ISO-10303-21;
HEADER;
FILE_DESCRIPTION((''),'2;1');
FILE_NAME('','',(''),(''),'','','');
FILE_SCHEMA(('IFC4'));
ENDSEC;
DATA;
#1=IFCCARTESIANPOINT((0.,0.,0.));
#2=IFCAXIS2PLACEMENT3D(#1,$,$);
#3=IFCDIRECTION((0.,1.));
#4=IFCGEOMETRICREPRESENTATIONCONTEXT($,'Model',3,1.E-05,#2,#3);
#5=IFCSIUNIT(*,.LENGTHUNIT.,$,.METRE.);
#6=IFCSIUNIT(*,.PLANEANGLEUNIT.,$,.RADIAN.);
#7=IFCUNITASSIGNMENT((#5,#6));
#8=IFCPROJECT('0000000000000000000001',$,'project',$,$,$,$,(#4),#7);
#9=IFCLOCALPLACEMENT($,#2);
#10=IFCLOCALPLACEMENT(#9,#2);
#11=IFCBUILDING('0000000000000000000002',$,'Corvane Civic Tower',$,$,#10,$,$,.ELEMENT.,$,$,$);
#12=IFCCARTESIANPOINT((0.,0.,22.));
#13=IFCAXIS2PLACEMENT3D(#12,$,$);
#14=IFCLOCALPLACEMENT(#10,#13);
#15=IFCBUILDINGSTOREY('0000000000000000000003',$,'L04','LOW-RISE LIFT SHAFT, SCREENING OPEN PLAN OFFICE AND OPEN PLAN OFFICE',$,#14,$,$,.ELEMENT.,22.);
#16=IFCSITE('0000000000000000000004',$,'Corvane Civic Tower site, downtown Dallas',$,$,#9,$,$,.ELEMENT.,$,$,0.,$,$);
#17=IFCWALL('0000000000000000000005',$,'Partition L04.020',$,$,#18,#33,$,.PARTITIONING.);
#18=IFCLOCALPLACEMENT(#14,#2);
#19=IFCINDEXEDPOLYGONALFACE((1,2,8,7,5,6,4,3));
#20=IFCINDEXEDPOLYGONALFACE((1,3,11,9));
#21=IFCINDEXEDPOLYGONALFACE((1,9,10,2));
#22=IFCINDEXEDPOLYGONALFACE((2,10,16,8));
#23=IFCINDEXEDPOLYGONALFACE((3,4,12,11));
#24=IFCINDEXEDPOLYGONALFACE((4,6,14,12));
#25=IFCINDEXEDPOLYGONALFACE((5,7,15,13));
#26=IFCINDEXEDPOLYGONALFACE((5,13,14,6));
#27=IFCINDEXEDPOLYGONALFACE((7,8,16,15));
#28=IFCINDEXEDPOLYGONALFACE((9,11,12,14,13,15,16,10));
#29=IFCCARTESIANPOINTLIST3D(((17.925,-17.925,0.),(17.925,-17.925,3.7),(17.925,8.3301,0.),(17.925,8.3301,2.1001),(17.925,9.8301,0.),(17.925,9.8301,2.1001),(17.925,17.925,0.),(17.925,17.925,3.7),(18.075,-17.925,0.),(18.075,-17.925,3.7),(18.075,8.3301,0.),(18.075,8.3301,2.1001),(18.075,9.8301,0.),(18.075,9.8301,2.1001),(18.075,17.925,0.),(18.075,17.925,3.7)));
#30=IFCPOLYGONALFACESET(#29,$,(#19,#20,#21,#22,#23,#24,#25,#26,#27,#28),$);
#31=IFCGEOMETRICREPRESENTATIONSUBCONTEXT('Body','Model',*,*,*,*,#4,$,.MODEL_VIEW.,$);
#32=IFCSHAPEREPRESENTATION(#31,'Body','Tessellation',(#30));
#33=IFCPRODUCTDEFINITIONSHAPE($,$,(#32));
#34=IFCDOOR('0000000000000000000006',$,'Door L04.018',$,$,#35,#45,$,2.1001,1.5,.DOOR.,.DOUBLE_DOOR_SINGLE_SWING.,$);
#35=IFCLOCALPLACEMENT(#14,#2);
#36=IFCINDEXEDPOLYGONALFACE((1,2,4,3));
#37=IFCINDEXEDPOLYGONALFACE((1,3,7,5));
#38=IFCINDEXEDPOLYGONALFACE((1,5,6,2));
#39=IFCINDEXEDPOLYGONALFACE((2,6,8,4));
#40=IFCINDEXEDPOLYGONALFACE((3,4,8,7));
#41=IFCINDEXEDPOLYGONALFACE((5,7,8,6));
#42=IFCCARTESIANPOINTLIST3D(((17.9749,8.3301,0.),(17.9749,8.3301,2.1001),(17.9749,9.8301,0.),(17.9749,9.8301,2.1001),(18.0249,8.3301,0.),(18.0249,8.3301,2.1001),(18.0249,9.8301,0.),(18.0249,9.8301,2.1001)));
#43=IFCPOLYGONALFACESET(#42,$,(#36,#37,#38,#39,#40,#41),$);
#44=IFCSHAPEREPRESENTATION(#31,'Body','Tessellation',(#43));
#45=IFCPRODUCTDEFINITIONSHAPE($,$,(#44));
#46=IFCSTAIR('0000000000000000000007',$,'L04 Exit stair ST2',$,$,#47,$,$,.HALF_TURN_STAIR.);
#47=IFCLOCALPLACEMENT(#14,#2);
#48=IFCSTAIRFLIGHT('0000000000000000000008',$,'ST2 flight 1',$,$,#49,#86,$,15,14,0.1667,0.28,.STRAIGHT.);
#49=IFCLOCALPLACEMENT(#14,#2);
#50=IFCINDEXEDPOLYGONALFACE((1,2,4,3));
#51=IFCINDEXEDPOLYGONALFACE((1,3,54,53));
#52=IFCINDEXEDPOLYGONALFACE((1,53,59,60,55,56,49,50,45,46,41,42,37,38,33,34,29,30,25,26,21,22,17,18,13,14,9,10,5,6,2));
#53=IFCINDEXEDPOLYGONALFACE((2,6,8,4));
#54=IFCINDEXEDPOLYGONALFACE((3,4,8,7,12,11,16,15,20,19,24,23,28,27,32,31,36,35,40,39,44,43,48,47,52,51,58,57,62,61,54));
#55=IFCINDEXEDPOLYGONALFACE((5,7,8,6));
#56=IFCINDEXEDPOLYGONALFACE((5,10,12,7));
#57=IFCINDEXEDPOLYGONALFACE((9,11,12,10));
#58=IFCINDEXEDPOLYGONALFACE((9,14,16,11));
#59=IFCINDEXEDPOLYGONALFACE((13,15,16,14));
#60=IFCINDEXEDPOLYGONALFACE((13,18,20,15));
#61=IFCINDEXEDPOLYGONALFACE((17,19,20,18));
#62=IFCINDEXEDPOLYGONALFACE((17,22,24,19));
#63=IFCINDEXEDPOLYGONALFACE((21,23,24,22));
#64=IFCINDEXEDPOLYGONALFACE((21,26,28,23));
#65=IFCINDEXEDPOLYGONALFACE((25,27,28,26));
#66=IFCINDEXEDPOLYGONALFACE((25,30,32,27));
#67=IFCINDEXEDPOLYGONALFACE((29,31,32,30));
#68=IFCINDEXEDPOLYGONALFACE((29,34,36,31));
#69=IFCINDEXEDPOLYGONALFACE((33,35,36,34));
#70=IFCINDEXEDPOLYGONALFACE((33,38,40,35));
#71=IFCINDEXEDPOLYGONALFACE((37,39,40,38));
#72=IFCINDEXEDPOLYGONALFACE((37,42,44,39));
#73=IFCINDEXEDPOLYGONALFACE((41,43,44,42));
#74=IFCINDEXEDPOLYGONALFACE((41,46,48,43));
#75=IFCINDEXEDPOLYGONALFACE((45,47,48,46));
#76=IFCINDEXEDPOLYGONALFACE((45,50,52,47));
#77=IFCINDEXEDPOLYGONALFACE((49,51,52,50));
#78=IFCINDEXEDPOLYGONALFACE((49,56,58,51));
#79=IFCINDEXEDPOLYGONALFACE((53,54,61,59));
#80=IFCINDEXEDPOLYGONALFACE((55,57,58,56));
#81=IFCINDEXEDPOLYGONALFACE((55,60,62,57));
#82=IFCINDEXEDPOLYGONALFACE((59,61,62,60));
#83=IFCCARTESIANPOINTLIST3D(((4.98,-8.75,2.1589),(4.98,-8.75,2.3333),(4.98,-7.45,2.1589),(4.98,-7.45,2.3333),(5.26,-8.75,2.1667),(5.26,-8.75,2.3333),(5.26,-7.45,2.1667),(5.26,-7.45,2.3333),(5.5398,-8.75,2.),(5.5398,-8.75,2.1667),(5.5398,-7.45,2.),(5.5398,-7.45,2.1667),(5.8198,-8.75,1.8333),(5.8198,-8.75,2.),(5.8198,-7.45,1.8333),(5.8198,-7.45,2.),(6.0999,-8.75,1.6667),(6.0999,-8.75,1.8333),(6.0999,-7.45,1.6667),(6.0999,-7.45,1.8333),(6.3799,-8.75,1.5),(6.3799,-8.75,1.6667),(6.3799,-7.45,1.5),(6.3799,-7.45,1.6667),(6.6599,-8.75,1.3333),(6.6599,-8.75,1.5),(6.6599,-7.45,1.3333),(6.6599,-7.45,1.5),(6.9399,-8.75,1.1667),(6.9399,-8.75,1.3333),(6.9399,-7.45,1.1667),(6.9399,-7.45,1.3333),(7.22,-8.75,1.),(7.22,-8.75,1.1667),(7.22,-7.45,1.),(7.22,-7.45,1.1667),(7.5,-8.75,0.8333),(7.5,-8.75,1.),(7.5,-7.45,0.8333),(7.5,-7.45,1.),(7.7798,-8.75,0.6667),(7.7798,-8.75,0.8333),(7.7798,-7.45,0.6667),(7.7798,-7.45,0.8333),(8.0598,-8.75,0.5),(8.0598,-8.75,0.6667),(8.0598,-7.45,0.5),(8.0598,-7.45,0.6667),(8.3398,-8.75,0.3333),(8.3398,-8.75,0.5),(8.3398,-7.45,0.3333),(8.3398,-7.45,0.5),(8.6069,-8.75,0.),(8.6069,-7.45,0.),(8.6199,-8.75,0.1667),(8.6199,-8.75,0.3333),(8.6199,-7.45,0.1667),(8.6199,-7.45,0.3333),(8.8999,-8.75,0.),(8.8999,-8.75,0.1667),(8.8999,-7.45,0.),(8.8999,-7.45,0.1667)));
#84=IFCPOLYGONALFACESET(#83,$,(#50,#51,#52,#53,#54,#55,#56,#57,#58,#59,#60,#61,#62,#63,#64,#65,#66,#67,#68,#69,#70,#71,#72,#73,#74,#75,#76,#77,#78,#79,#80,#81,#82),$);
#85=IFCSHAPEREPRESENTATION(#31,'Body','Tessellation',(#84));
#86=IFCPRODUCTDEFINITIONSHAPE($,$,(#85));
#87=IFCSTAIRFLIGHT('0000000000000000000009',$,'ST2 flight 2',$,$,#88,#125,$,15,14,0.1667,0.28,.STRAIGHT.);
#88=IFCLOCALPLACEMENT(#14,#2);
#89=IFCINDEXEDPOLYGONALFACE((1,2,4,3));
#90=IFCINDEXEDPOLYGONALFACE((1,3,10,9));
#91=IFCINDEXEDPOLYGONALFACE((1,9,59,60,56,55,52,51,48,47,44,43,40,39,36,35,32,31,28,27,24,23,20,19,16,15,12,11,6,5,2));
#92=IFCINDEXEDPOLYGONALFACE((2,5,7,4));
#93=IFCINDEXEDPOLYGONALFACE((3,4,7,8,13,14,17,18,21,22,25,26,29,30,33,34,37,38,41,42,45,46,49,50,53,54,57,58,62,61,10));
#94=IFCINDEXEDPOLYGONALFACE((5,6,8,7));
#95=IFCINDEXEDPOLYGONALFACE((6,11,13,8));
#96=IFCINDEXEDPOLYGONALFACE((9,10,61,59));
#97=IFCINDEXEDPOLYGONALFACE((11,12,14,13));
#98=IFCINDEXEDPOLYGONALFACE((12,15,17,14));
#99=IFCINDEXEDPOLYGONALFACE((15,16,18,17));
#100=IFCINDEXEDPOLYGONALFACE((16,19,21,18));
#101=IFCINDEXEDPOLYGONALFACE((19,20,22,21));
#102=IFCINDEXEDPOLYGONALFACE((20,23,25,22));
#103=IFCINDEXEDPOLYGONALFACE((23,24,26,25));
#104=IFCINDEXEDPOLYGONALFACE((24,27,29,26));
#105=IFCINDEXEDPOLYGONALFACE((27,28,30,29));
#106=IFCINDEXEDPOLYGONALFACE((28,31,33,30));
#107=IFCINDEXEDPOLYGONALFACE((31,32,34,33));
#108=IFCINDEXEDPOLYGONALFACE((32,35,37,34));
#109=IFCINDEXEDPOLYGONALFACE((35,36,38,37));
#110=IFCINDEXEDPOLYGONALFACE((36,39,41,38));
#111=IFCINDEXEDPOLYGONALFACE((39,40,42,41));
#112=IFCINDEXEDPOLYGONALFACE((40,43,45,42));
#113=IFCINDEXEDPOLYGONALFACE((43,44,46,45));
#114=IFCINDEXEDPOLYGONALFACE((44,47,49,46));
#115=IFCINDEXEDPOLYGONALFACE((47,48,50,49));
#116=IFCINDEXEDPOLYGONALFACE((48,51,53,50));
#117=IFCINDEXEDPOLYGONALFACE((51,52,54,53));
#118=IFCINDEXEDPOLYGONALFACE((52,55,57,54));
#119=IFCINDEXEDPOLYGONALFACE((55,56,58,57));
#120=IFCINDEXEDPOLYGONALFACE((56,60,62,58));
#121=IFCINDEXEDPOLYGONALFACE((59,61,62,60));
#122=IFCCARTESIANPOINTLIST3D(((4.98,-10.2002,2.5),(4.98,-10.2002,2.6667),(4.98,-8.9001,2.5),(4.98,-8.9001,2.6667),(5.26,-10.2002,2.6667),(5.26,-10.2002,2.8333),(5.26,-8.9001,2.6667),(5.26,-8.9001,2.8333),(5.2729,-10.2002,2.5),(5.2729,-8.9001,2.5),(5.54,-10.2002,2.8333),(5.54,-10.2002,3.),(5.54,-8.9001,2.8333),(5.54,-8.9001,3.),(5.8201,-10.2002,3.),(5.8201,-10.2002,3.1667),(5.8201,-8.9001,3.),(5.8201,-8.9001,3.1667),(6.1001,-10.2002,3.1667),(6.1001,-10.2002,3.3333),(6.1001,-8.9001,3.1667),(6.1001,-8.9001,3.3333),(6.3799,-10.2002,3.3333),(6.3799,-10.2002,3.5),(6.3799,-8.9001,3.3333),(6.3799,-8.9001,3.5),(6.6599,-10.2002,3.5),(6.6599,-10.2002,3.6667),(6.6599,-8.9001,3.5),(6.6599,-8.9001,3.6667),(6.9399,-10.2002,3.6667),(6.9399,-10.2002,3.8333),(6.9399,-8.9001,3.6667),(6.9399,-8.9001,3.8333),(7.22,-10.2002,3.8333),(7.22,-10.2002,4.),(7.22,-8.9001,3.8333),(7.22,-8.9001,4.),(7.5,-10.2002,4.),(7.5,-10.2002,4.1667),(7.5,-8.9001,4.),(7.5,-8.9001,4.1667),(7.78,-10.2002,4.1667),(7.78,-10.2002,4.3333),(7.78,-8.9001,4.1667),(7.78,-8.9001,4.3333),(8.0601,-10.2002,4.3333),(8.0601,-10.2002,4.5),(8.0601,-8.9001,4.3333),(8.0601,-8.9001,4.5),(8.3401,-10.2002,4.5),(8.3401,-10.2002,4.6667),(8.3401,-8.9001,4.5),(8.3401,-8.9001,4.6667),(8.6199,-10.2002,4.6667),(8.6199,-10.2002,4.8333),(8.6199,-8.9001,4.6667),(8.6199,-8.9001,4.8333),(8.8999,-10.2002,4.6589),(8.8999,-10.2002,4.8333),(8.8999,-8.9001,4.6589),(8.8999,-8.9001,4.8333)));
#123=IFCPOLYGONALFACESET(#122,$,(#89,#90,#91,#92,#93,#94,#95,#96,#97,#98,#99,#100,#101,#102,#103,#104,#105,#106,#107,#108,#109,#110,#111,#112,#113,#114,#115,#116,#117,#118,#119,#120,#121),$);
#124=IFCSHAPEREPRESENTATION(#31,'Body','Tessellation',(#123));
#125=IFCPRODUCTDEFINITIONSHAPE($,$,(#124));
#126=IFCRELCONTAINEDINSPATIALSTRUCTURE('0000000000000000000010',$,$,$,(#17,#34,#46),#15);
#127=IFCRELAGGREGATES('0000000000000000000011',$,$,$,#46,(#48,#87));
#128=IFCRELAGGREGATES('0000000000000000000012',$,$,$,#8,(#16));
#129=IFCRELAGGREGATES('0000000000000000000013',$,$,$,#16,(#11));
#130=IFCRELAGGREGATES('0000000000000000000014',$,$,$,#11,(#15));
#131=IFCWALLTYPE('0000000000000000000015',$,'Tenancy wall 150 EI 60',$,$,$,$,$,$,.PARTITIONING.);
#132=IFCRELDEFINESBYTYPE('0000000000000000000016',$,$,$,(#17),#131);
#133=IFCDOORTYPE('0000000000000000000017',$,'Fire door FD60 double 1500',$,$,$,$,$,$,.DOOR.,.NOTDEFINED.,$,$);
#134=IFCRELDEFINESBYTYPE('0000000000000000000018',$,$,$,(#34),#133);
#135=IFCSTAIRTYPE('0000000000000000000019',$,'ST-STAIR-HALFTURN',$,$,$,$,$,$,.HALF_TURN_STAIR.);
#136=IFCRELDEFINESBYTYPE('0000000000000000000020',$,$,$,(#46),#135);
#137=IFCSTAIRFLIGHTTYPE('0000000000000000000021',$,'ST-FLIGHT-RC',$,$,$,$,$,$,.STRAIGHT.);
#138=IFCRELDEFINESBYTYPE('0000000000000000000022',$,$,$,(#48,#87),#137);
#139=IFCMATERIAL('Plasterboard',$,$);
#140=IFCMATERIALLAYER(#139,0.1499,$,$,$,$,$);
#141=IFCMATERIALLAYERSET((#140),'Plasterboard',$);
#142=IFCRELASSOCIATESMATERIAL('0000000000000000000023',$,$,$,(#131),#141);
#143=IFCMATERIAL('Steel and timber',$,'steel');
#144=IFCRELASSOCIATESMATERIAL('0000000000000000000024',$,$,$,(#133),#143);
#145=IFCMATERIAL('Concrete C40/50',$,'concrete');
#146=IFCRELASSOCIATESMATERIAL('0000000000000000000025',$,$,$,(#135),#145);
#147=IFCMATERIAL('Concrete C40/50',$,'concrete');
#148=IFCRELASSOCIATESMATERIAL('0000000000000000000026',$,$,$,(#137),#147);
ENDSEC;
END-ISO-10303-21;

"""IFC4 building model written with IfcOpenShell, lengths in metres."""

from ifc_helpers import new_model, si_unit, direction, frame, frame_2d, origin, place, context, subcontext, project, spatial, polyline, rectangle, outline, extrude, material, layer, layer_set, type_object, element, fill, aggregate, save


model = new_model("IFC4")

# Units and contexts
model_context = context("Model", 3, precision=1e-05, world=origin(), true_north=direction((0.0, 1.0)))
body_context = subcontext(model_context, "Body", "Model", "MODEL_VIEW")
ifc_project = project(units=[si_unit("LENGTHUNIT", "METRE"), si_unit("PLANEANGLEUNIT", "RADIAN")], contexts=[model_context])

# Site, building, storey
site_placement = place(None, origin())
site = spatial("IfcSite", under=ifc_project, at=site_placement, Name="Corvane Civic Tower site, downtown Dallas", CompositionType="ELEMENT", RefElevation=0.0)
building_placement = place(site_placement, origin())
building = spatial("IfcBuilding", under=site, at=building_placement, Name="Corvane Civic Tower", CompositionType="ELEMENT")
storey_placement = place(building_placement, frame((0.0, 0.0, 22.0)))
storey = spatial("IfcBuildingStorey", under=building, at=storey_placement, Name="L04", Description="LOW-RISE LIFT SHAFT, SCREENING OPEN PLAN OFFICE AND OPEN PLAN OFFICE", CompositionType="ELEMENT", Elevation=22.0)

# Wall, opening, door
ifc_material_1 = material(Name="Plasterboard")
ifc_layer_1 = layer(ifc_material_1, 0.1499)
ifc_layer_set_1 = layer_set([ifc_layer_1], Name="Plasterboard")
wall_type_1 = type_object("IfcWallType", Name="Tenancy wall 150 EI 60", PredefinedType="PARTITIONING", material=ifc_layer_set_1)
wall_1_placement = place(storey_placement, frame((18.0, -17.925, 0.0), z_axis=(0.0, 0.0, 1.0), x_axis=(0.0, 1.0, 0.0)))
wall_1 = element("IfcWall", 1, at=wall_1_placement, inside=storey, type_object=wall_type_1, Name="Partition L04.020", PredefinedType="PARTITIONING", context=body_context, shape_type="SweptSolid", body=[
    extrude(rectangle(XDim=35.8501, YDim=0.1499, at=frame_2d((17.925, 0.0))), origin(), (0.0, 0.0, 1.0), 3.7),
])
opening_1_placement = place(wall_1_placement, frame((26.2551, 0.0, 0.0)))
opening_1 = element("IfcOpeningElement", 2, at=opening_1_placement, cuts=wall_1, PredefinedType="OPENING", context=body_context, shape_type="SweptSolid", body=[
    extrude(rectangle(XDim=1.5, YDim=2.1001, at=frame_2d((0.75, 1.05))), frame((0.0, 0.085, 0.0), z_axis=(0.0, -1.0, 0.0), x_axis=(1.0, 0.0, 0.0)), (0.0, 0.0, 1.0), 0.1699),
])
ifc_material_2 = material(Name="Steel and timber", Category="steel")
door_type_1 = type_object("IfcDoorType", Name="Fire door FD60 double 1500", OperationType="NOTDEFINED", PredefinedType="DOOR", material=ifc_material_2)
door_1_placement = place(opening_1_placement, frame((1.5, 0.0, 0.0), z_axis=(0.0, 0.0, 1.0), x_axis=(-1.0, 0.0, 0.0)))
door_1 = element("IfcDoor", 3, at=door_1_placement, inside=storey, type_object=door_type_1, Name="Door L04.018", OperationType="DOUBLE_DOOR_SINGLE_SWING", OverallHeight=2.1001, OverallWidth=1.5, PredefinedType="DOOR", context=body_context, shape_type="SweptSolid", body=[
    extrude(rectangle(XDim=1.5, YDim=2.1001, at=frame_2d((0.75, 1.05))), frame((0.0, 0.0249, 0.0), z_axis=(0.0, -1.0, 0.0), x_axis=(1.0, 0.0, 0.0)), (0.0, 0.0, 1.0), 0.05),
])
fill(opening_1, door_1)

# Stair, stair flights
ifc_material_3 = material(Name="Concrete C40/50", Category="concrete")
stair_type = type_object("IfcStairType", Name="ST-STAIR-HALFTURN", PredefinedType="HALF_TURN_STAIR", material=ifc_material_3)
stair_placement = place(storey_placement, origin())
stair = element("IfcStair", 4, at=stair_placement, inside=storey, type_object=stair_type, Name="L04 Exit stair ST2", PredefinedType="HALF_TURN_STAIR")
ifc_material_4 = material(Name="Concrete C40/50", Category="concrete")
stair_flight_type = type_object("IfcStairFlightType", Name="ST-FLIGHT-RC", PredefinedType="STRAIGHT", material=ifc_material_4)
stair_flight_1_placement = place(storey_placement, frame((8.8999, -8.1001, 0.0), z_axis=(0.0, 0.0, 1.0), x_axis=(-1.0, 0.0, 0.0)))
stair_flight_1 = element("IfcStairFlight", 5, at=stair_flight_1_placement, type_object=stair_flight_type, Name="ST2 flight 1", NumberOfRisers=15, NumberOfTreads=14, PredefinedType="STRAIGHT", RiserHeight=0.1667, TreadLength=0.28, context=body_context, shape_type="SweptSolid", body=[
    extrude(outline(polyline([(0.0, 0.0), (0.0, 0.1667), (0.28, 0.1667), (0.28, 0.3333), (0.5601, 0.3333), (0.5601, 0.5), (0.8401, 0.5), (0.8401, 0.6667), (1.1201, 0.6667), (1.1201, 0.8333), (1.3999, 0.8333), (1.3999, 1.0), (1.6799, 1.0), (1.6799, 1.1667), (1.96, 1.1667), (1.96, 1.3333), (2.24, 1.3333), (2.24, 1.5), (2.52, 1.5), (2.52, 1.6667), (2.8, 1.6667), (2.8, 1.8333), (3.0801, 1.8333), (3.0801, 2.0), (3.3601, 2.0), (3.3601, 2.1667), (3.6399, 2.1667), (3.6399, 2.3333), (3.9199, 2.3333), (3.9199, 2.5), (3.9199, 2.1589), (0.293, 0.0), (0.0, 0.0)])), frame((0.0, 0.6499, 0.0), z_axis=(0.0, -1.0, 0.0), x_axis=(1.0, 0.0, 0.0)), (0.0, 0.0, 1.0), 1.3),
])
stair_flight_2_placement = place(storey_placement, frame((4.98, -9.55, 2.5), z_axis=(0.0, 0.0, 1.0), x_axis=(1.0, 0.0, 0.0)))
stair_flight_2 = element("IfcStairFlight", 6, at=stair_flight_2_placement, type_object=stair_flight_type, Name="ST2 flight 2", NumberOfRisers=15, NumberOfTreads=14, PredefinedType="STRAIGHT", RiserHeight=0.1667, TreadLength=0.28, context=body_context, shape_type="SweptSolid", body=[
    extrude(outline(polyline([(0.0, 0.0), (0.0, 0.1667), (0.28, 0.1667), (0.28, 0.3333), (0.5601, 0.3333), (0.5601, 0.5), (0.8401, 0.5), (0.8401, 0.6667), (1.1201, 0.6667), (1.1201, 0.8333), (1.3999, 0.8333), (1.3999, 1.0), (1.6799, 1.0), (1.6799, 1.1667), (1.96, 1.1667), (1.96, 1.3333), (2.24, 1.3333), (2.24, 1.5), (2.52, 1.5), (2.52, 1.6667), (2.8, 1.6667), (2.8, 1.8333), (3.0801, 1.8333), (3.0801, 2.0), (3.3601, 2.0), (3.3601, 2.1667), (3.6399, 2.1667), (3.6399, 2.3333), (3.9199, 2.3333), (3.9199, 2.5), (3.9199, 2.1589), (0.293, 0.0), (0.0, 0.0)])), frame((0.0, 0.6499, 0.0), z_axis=(0.0, -1.0, 0.0), x_axis=(1.0, 0.0, 0.0)), (0.0, 0.0, 1.0), 1.3),
])
aggregate(stair, [stair_flight_1, stair_flight_2])

save(model, "model.ifc")
